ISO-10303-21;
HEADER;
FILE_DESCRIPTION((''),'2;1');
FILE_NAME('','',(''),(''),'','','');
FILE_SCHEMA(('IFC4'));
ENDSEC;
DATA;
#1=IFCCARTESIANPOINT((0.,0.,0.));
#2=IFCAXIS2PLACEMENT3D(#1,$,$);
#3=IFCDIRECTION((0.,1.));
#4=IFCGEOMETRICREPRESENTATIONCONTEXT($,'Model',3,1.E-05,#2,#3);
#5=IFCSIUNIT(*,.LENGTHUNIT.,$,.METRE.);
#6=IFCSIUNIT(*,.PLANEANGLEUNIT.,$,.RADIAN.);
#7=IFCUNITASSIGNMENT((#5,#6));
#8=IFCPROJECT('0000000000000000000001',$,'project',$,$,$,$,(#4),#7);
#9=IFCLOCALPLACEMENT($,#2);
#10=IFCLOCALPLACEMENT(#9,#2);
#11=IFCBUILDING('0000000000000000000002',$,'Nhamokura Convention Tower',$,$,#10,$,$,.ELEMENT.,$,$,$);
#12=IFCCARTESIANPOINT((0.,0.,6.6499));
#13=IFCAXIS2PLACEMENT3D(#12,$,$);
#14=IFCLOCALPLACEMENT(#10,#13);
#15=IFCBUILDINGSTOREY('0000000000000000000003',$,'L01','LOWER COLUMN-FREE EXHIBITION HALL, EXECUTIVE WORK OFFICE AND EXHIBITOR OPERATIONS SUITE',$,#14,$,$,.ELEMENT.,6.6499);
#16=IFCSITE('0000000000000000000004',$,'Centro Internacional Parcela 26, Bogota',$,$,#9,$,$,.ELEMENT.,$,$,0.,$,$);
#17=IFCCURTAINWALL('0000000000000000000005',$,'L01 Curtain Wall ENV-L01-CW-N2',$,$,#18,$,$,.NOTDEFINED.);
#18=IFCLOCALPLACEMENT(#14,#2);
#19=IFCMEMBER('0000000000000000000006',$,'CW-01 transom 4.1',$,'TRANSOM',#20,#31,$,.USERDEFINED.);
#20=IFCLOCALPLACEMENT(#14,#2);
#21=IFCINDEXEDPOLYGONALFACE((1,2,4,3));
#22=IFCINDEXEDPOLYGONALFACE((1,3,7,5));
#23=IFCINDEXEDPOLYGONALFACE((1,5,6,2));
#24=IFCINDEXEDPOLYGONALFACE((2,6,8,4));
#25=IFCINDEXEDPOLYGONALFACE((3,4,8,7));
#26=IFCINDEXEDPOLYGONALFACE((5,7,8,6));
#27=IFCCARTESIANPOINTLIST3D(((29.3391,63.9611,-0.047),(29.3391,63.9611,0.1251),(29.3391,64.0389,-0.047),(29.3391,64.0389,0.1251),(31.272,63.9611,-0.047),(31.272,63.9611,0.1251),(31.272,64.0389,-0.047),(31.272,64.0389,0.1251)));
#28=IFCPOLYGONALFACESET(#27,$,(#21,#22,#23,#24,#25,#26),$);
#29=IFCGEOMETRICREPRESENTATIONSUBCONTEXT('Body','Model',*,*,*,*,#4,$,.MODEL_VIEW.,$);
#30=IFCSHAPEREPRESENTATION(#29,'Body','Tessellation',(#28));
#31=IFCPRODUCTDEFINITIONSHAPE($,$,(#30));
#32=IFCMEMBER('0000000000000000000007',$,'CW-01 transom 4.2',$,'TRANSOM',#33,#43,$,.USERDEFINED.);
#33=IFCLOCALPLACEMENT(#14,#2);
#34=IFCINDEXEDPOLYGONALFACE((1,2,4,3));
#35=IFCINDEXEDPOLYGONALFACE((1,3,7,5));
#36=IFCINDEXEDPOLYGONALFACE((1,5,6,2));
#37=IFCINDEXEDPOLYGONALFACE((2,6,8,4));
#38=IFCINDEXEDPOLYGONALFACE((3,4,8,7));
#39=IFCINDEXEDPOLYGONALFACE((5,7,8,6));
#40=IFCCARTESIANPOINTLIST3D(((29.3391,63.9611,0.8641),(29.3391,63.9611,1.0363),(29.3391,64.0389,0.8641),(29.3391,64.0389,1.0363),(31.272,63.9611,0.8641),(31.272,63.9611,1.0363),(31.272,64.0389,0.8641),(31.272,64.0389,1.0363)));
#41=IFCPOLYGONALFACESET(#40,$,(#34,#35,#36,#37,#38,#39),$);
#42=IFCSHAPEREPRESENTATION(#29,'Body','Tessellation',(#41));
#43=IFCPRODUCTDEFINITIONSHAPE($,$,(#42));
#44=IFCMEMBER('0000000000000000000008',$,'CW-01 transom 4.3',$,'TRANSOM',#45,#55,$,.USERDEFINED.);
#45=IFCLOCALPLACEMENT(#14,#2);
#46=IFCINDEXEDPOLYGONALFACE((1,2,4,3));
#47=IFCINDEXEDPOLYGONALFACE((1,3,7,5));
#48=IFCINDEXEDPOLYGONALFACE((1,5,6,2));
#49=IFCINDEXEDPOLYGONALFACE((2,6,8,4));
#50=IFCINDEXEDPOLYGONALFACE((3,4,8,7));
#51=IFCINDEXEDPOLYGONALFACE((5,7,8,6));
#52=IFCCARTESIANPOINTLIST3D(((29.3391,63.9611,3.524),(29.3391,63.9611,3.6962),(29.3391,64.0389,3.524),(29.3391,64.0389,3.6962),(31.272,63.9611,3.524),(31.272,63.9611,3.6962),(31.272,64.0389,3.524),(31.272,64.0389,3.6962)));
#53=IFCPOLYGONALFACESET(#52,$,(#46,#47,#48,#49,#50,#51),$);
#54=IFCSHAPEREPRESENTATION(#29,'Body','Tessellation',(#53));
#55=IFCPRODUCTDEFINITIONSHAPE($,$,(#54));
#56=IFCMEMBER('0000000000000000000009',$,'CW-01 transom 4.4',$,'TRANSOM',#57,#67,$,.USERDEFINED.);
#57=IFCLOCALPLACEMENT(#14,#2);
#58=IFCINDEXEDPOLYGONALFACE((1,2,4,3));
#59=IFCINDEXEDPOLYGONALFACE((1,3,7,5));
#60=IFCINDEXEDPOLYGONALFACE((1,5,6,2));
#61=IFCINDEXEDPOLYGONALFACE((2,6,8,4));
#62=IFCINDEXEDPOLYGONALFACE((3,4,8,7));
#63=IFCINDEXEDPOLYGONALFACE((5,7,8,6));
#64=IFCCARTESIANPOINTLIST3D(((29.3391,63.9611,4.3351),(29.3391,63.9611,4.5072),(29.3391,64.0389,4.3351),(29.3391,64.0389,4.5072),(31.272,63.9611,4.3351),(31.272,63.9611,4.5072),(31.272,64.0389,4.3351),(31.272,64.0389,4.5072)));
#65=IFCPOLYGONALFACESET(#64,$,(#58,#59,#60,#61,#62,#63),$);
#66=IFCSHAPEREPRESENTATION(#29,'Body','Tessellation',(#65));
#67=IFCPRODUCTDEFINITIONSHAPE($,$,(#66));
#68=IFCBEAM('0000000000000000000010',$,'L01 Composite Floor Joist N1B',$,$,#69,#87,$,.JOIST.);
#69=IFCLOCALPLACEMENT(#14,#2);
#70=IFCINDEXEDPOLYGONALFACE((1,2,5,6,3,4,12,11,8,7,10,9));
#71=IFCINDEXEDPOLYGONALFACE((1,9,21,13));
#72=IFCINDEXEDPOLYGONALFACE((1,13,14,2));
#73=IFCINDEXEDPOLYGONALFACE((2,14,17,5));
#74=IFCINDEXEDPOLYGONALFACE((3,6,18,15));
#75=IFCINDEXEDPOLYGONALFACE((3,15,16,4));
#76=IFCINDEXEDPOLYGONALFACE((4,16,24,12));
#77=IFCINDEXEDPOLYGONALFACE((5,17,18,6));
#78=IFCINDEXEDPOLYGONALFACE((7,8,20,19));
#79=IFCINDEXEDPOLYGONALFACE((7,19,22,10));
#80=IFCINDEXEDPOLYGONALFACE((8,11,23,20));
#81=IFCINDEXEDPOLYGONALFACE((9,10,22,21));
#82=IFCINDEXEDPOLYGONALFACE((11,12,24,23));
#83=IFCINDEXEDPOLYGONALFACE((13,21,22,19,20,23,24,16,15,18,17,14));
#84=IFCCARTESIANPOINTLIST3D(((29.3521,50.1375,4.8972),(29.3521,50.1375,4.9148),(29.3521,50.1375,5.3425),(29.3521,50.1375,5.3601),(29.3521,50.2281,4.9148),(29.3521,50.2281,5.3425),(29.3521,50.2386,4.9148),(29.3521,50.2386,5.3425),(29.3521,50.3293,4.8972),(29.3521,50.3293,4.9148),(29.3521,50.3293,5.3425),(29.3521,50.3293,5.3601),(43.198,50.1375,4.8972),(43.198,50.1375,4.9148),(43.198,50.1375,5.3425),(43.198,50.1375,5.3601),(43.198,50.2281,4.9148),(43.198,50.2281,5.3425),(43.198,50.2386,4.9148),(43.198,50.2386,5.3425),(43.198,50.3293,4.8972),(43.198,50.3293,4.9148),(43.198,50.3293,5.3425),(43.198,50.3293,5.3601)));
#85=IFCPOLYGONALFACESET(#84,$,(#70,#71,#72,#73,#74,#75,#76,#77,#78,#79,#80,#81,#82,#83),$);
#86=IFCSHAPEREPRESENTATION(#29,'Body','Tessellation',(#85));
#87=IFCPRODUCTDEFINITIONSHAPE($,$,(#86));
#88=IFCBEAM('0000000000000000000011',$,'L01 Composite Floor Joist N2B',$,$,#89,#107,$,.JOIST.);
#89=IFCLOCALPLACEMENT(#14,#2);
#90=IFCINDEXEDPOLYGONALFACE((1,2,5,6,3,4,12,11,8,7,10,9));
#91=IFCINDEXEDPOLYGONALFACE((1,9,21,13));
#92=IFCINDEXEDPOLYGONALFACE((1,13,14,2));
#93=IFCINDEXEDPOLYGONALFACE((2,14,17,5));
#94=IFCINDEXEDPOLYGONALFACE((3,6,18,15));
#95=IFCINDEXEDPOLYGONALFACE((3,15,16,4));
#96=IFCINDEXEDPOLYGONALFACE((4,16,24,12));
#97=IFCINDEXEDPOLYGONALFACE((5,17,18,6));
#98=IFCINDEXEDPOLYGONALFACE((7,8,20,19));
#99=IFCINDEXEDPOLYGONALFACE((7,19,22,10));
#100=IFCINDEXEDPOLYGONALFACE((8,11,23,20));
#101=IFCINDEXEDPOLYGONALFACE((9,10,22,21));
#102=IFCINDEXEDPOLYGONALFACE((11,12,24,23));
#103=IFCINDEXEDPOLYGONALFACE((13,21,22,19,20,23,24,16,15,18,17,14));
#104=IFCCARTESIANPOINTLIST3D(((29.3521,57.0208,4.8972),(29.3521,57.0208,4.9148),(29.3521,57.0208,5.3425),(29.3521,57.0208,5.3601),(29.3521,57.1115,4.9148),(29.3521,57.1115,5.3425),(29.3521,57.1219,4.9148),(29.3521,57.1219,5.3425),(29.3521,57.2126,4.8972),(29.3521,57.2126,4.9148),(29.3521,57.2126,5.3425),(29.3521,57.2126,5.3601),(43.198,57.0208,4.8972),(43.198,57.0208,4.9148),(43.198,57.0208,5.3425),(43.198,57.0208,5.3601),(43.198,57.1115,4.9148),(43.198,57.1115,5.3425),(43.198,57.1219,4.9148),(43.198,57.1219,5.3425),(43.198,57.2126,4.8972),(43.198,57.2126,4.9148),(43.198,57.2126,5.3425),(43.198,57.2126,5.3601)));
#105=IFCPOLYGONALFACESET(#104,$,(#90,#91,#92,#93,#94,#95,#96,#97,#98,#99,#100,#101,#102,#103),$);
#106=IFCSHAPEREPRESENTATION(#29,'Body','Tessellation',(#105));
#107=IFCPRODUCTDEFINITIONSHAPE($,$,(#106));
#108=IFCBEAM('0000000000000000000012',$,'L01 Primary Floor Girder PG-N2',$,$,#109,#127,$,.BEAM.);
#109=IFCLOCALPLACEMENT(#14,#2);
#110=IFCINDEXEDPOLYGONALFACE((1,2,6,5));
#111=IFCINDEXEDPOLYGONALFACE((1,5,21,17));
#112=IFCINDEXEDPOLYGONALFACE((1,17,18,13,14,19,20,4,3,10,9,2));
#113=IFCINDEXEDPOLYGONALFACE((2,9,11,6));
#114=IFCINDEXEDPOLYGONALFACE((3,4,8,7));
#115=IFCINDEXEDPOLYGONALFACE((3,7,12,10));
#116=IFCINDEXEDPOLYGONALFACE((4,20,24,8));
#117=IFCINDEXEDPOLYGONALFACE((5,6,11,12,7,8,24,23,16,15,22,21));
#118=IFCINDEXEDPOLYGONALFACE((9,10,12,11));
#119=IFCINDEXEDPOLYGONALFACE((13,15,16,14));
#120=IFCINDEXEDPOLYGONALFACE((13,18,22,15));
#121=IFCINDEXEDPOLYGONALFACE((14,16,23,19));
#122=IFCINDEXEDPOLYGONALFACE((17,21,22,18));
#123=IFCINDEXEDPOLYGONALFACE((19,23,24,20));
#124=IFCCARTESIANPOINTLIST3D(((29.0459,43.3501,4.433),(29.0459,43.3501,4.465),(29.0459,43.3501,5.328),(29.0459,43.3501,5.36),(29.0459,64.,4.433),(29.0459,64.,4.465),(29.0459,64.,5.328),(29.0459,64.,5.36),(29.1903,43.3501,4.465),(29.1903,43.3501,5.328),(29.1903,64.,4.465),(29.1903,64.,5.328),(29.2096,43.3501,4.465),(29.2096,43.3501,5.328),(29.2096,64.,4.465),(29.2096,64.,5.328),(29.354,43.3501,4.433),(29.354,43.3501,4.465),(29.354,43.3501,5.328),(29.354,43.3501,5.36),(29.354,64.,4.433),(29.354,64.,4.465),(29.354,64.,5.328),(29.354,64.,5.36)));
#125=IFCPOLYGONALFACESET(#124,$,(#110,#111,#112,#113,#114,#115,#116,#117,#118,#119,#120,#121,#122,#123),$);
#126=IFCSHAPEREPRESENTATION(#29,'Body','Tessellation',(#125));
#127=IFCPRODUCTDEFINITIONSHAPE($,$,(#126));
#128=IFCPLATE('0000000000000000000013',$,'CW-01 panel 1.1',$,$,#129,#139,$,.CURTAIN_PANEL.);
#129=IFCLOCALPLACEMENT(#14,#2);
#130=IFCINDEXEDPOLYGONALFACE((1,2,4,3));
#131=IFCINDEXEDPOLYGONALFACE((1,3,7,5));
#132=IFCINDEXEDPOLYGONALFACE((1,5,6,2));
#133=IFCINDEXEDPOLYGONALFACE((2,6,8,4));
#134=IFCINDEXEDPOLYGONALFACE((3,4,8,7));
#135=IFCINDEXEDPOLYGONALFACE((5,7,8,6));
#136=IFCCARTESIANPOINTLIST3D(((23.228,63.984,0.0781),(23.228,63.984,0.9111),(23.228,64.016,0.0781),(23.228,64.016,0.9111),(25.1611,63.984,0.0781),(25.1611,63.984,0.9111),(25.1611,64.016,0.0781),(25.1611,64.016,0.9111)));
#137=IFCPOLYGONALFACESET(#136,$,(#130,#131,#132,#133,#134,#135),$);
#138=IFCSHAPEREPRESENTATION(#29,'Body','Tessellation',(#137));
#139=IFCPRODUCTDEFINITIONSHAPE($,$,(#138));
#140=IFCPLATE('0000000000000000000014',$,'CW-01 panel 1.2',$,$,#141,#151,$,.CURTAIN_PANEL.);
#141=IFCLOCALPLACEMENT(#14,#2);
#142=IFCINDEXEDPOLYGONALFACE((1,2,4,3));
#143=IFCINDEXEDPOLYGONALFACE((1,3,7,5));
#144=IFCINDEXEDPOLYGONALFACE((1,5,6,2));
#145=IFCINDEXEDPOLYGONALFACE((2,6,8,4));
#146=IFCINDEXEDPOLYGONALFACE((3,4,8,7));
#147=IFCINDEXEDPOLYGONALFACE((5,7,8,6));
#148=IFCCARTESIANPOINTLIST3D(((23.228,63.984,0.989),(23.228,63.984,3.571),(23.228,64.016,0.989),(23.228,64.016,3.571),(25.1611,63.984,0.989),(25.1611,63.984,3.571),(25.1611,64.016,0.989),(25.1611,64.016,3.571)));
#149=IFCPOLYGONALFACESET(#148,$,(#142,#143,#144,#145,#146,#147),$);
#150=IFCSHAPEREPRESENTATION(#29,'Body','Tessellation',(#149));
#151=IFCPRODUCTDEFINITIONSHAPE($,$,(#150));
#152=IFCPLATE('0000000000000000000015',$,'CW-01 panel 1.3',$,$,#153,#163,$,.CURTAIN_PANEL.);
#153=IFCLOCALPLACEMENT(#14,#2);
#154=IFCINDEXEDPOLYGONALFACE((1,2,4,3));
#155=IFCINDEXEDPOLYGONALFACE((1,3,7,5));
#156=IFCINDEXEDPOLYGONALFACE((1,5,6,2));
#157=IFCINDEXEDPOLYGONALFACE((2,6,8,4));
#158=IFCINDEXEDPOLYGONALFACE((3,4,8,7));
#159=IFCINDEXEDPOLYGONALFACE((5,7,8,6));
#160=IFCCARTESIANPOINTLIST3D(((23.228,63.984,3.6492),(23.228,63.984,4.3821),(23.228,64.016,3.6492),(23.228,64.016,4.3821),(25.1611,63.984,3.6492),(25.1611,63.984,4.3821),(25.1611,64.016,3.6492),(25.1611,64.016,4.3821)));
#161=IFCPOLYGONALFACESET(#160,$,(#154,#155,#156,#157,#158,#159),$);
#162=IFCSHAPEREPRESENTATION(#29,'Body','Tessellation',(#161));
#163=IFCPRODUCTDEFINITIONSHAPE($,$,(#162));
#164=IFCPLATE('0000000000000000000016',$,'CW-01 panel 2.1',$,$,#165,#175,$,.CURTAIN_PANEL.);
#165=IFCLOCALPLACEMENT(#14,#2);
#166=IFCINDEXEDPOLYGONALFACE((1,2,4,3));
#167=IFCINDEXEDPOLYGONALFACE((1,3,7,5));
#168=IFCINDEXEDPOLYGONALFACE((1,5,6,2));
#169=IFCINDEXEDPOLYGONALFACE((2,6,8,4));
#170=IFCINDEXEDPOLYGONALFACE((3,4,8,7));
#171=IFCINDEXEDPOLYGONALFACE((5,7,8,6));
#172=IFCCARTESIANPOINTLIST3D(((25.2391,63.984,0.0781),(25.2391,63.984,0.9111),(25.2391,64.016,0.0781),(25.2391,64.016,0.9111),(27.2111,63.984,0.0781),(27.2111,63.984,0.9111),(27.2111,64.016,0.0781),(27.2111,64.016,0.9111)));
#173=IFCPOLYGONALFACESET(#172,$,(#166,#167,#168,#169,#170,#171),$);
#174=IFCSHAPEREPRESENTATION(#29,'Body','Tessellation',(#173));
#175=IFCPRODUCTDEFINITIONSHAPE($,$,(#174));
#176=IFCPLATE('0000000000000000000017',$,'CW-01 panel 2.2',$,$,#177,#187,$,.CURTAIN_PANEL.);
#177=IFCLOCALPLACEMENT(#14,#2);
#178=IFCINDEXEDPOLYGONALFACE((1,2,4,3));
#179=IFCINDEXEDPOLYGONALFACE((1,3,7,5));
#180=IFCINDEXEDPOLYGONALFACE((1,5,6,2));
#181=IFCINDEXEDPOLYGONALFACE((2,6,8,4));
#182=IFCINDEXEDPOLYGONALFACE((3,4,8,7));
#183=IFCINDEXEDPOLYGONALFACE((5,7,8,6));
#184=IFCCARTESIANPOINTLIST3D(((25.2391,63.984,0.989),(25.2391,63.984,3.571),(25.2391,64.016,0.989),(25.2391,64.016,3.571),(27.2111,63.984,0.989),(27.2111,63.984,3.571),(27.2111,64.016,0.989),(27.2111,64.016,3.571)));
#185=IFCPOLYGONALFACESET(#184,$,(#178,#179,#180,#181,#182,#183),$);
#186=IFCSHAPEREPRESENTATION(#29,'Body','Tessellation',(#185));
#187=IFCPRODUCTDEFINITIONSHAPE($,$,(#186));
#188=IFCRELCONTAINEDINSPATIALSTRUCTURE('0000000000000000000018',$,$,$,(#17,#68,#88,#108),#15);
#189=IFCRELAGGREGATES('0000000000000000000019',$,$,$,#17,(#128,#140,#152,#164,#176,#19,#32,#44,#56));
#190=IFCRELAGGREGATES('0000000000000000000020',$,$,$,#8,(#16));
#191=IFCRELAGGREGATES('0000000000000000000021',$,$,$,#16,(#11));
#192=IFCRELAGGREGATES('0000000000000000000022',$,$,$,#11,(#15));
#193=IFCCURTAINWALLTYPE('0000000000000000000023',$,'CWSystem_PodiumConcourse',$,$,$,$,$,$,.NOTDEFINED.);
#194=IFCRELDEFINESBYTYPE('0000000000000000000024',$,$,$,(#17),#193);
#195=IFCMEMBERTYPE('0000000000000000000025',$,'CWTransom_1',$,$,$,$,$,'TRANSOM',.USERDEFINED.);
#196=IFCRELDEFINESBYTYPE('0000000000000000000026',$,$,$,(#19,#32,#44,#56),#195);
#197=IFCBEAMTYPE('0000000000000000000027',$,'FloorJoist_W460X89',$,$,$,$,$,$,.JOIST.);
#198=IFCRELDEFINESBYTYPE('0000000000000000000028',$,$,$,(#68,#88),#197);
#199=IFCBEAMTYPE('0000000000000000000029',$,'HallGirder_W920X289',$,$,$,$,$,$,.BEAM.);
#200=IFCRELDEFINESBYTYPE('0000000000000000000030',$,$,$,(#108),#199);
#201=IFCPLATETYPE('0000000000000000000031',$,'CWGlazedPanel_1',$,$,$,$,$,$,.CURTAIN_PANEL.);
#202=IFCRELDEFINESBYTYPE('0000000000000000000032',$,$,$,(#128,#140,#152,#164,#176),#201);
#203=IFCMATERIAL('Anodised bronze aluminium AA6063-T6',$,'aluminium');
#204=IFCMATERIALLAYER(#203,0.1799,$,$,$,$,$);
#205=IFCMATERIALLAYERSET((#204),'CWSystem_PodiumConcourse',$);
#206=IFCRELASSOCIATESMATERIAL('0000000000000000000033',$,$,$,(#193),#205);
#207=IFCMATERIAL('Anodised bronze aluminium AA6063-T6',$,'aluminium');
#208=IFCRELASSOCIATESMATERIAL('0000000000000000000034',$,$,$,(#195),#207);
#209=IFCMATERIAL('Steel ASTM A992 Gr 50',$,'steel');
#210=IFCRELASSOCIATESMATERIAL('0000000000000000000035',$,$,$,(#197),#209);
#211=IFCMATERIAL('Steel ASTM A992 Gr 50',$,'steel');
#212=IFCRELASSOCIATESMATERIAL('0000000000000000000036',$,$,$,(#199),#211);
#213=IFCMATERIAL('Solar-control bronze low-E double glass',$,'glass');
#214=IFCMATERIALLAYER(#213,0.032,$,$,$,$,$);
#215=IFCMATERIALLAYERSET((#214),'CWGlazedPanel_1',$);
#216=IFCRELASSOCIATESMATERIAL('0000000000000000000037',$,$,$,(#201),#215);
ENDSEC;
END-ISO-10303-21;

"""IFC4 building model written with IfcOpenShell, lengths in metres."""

from ifc_helpers import new_model, si_unit, direction, frame, origin, origin_2d, place, context, subcontext, project, spatial, rectangle, i_section, extrude, material, layer, layer_set, material_profile, profile_set, type_object, element, aggregate, save


model = new_model("IFC4")

# Units and contexts
model_context = context("Model", 3, precision=1e-05, world=origin(), true_north=direction((0.0, 1.0)))
body_context = subcontext(model_context, "Body", "Model", "MODEL_VIEW")
ifc_project = project(units=[si_unit("LENGTHUNIT", "METRE"), si_unit("PLANEANGLEUNIT", "RADIAN")], contexts=[model_context])

# Site, building, storey
site_placement = place(None, origin())
site = spatial("IfcSite", under=ifc_project, at=site_placement, Name="Centro Internacional Parcela 26, Bogota", CompositionType="ELEMENT", RefElevation=0.0)
building_placement = place(site_placement, origin())
building = spatial("IfcBuilding", under=site, at=building_placement, Name="Nhamokura Convention Tower", CompositionType="ELEMENT")
storey_placement = place(building_placement, frame((0.0, 0.0, 6.6499)))
storey = spatial("IfcBuildingStorey", under=building, at=storey_placement, Name="L01", Description="LOWER COLUMN-FREE EXHIBITION HALL, EXECUTIVE WORK OFFICE AND EXHIBITOR OPERATIONS SUITE", CompositionType="ELEMENT", Elevation=6.6499)

# Curtain wall, members
ifc_material_1 = material(Name="Anodised bronze aluminium AA6063-T6", Category="aluminium")
ifc_layer_1 = layer(ifc_material_1, 0.1799)
ifc_layer_set_1 = layer_set([ifc_layer_1], Name="CWSystem_PodiumConcourse")
curtain_wall_type = type_object("IfcCurtainWallType", Name="CWSystem_PodiumConcourse", PredefinedType="NOTDEFINED", material=ifc_layer_set_1)
curtain_wall_placement = place(storey_placement, origin())
curtain_wall = element("IfcCurtainWall", 1, at=curtain_wall_placement, inside=storey, type_object=curtain_wall_type, Name="L01 Curtain Wall ENV-L01-CW-N2", PredefinedType="NOTDEFINED")
ifc_material_2 = material(Name="Anodised bronze aluminium AA6063-T6", Category="aluminium")
ifc_material_profile_1 = material_profile(ifc_material_2, rectangle(XDim=0.0779, YDim=0.1721, at=origin_2d()))
ifc_profile_set_1 = profile_set([ifc_material_profile_1], Name="Anodised bronze aluminium AA6063-T6")
member_type_1 = type_object("IfcMemberType", Name="CWTransom_1", ElementType="TRANSOM", PredefinedType="USERDEFINED", material=ifc_profile_set_1)
member_1_placement = place(storey_placement, frame((29.3391, 64.0, 0.0391), z_axis=(1.0, 0.0, 0.0), x_axis=(0.0, 1.0, 0.0)))
member_1 = element("IfcMember", 2, at=member_1_placement, type_object=member_type_1, Name="CW-01 transom 4.1", ObjectType="TRANSOM", PredefinedType="USERDEFINED", context=body_context, shape_type="SweptSolid", body=[
    extrude(rectangle(XDim=0.0779, YDim=0.1721, at=origin_2d()), origin(), (0.0, 0.0, 1.0), 1.9329),
])
member_2_placement = place(storey_placement, frame((29.3391, 64.0, 0.9502), z_axis=(1.0, 0.0, 0.0), x_axis=(0.0, 1.0, 0.0)))
member_2 = element("IfcMember", 3, at=member_2_placement, type_object=member_type_1, Name="CW-01 transom 4.2", ObjectType="TRANSOM", PredefinedType="USERDEFINED", context=body_context, shape_type="SweptSolid", body=[
    extrude(rectangle(XDim=0.0779, YDim=0.1721, at=origin_2d()), origin(), (0.0, 0.0, 1.0), 1.9329),
])
member_3_placement = place(storey_placement, frame((29.3391, 64.0, 3.6101), z_axis=(1.0, 0.0, 0.0), x_axis=(0.0, 1.0, 0.0)))
member_3 = element("IfcMember", 4, at=member_3_placement, type_object=member_type_1, Name="CW-01 transom 4.3", ObjectType="TRANSOM", PredefinedType="USERDEFINED", context=body_context, shape_type="SweptSolid", body=[
    extrude(rectangle(XDim=0.0779, YDim=0.1721, at=origin_2d()), origin(), (0.0, 0.0, 1.0), 1.9329),
])
member_4_placement = place(storey_placement, frame((29.3391, 64.0, 4.4211), z_axis=(1.0, 0.0, 0.0), x_axis=(0.0, 1.0, 0.0)))
member_4 = element("IfcMember", 5, at=member_4_placement, type_object=member_type_1, Name="CW-01 transom 4.4", ObjectType="TRANSOM", PredefinedType="USERDEFINED", context=body_context, shape_type="SweptSolid", body=[
    extrude(rectangle(XDim=0.0779, YDim=0.1721, at=origin_2d()), origin(), (0.0, 0.0, 1.0), 1.9329),
])

# Beams
ifc_material_3 = material(Name="Steel ASTM A992 Gr 50", Category="steel")
ifc_material_profile_2 = material_profile(ifc_material_3, i_section(OverallWidth=0.1919, OverallDepth=0.4629, WebThickness=0.0105, FlangeThickness=0.0176, at=origin_2d()))
ifc_profile_set_2 = profile_set([ifc_material_profile_2], Name="Steel ASTM A992 Gr 50")
beam_type_1 = type_object("IfcBeamType", Name="FloorJoist_W460X89", PredefinedType="JOIST", material=ifc_profile_set_2)
for number, where, z_axis, x_axis, name in (
    (6, (29.3521, 50.2334, 5.1287), (1.0, 0.0, 0.0), (0.0, 1.0, 0.0), "L01 Composite Floor Joist N1B"),
    (7, (29.3521, 57.1167, 5.1287), (1.0, 0.0, 0.0), (0.0, 1.0, 0.0), "L01 Composite Floor Joist N2B"),
):
    element("IfcBeam", number, at=place(storey_placement, frame(where, z_axis=z_axis, x_axis=x_axis)), inside=storey, type_object=beam_type_1, Name=name, PredefinedType="JOIST", context=body_context, shape_type="SweptSolid", body=[
        extrude(i_section(OverallWidth=0.1919, OverallDepth=0.4629, WebThickness=0.0105, FlangeThickness=0.0176, at=origin_2d()), origin(), (0.0, 0.0, 1.0), 13.8459),
    ])
ifc_material_4 = material(Name="Steel ASTM A992 Gr 50", Category="steel")
ifc_material_profile_3 = material_profile(ifc_material_4, i_section(OverallWidth=0.3081, OverallDepth=0.927, WebThickness=0.0193, FlangeThickness=0.032, at=origin_2d()))
ifc_profile_set_3 = profile_set([ifc_material_profile_3], Name="Steel ASTM A992 Gr 50")
beam_type_2 = type_object("IfcBeamType", Name="HallGirder_W920X289", PredefinedType="BEAM", material=ifc_profile_set_3)
beam_placement = place(storey_placement, frame((29.2, 43.3501, 4.8965), z_axis=(0.0, 1.0, 0.0), x_axis=(-1.0, 0.0, 0.0)))
element("IfcBeam", 8, at=beam_placement, inside=storey, type_object=beam_type_2, Name="L01 Primary Floor Girder PG-N2", PredefinedType="BEAM", context=body_context, shape_type="SweptSolid", body=[
    extrude(i_section(OverallWidth=0.3081, OverallDepth=0.927, WebThickness=0.0193, FlangeThickness=0.032, at=origin_2d()), origin(), (0.0, 0.0, 1.0), 20.6499),
])

# Plates
ifc_material_5 = material(Name="Solar-control bronze low-E double glass", Category="glass")
ifc_layer_2 = layer(ifc_material_5, 0.032)
ifc_layer_set_2 = layer_set([ifc_layer_2], Name="CWGlazedPanel_1")
plate_type = type_object("IfcPlateType", Name="CWGlazedPanel_1", PredefinedType="CURTAIN_PANEL", material=ifc_layer_set_2)
plate_1_placement = place(storey_placement, frame((24.1946, 64.0, 0.0781), z_axis=(0.0, 0.0, 1.0), x_axis=(1.0, 0.0, 0.0)))
plate_1 = element("IfcPlate", 9, at=plate_1_placement, type_object=plate_type, Name="CW-01 panel 1.1", PredefinedType="CURTAIN_PANEL", context=body_context, shape_type="SweptSolid", body=[
    extrude(rectangle(XDim=1.9331, YDim=0.032, at=origin_2d()), origin(), (0.0, 0.0, 1.0), 0.833),
])
plate_2_placement = place(storey_placement, frame((24.1946, 64.0, 0.989), z_axis=(0.0, 0.0, 1.0), x_axis=(1.0, 0.0, 0.0)))
plate_2 = element("IfcPlate", 10, at=plate_2_placement, type_object=plate_type, Name="CW-01 panel 1.2", PredefinedType="CURTAIN_PANEL", context=body_context, shape_type="SweptSolid", body=[
    extrude(rectangle(XDim=1.9331, YDim=0.032, at=origin_2d()), origin(), (0.0, 0.0, 1.0), 2.582),
])
plate_3_placement = place(storey_placement, frame((24.1946, 64.0, 3.6492), z_axis=(0.0, 0.0, 1.0), x_axis=(1.0, 0.0, 0.0)))
plate_3 = element("IfcPlate", 11, at=plate_3_placement, type_object=plate_type, Name="CW-01 panel 1.3", PredefinedType="CURTAIN_PANEL", context=body_context, shape_type="SweptSolid", body=[
    extrude(rectangle(XDim=1.9331, YDim=0.032, at=origin_2d()), origin(), (0.0, 0.0, 1.0), 0.7329),
])
plate_4_placement = place(storey_placement, frame((26.2251, 64.0, 0.0781), z_axis=(0.0, 0.0, 1.0), x_axis=(1.0, 0.0, 0.0)))
plate_4 = element("IfcPlate", 12, at=plate_4_placement, type_object=plate_type, Name="CW-01 panel 2.1", PredefinedType="CURTAIN_PANEL", context=body_context, shape_type="SweptSolid", body=[
    extrude(rectangle(XDim=1.9719, YDim=0.032, at=origin_2d()), origin(), (0.0, 0.0, 1.0), 0.833),
])
plate_5_placement = place(storey_placement, frame((26.2251, 64.0, 0.989), z_axis=(0.0, 0.0, 1.0), x_axis=(1.0, 0.0, 0.0)))
plate_5 = element("IfcPlate", 13, at=plate_5_placement, type_object=plate_type, Name="CW-01 panel 2.2", PredefinedType="CURTAIN_PANEL", context=body_context, shape_type="SweptSolid", body=[
    extrude(rectangle(XDim=1.9719, YDim=0.032, at=origin_2d()), origin(), (0.0, 0.0, 1.0), 2.582),
])
aggregate(curtain_wall, [plate_1, plate_2, plate_3, plate_4, plate_5, member_1, member_2, member_3, member_4])

save(model, "model.ifc")
